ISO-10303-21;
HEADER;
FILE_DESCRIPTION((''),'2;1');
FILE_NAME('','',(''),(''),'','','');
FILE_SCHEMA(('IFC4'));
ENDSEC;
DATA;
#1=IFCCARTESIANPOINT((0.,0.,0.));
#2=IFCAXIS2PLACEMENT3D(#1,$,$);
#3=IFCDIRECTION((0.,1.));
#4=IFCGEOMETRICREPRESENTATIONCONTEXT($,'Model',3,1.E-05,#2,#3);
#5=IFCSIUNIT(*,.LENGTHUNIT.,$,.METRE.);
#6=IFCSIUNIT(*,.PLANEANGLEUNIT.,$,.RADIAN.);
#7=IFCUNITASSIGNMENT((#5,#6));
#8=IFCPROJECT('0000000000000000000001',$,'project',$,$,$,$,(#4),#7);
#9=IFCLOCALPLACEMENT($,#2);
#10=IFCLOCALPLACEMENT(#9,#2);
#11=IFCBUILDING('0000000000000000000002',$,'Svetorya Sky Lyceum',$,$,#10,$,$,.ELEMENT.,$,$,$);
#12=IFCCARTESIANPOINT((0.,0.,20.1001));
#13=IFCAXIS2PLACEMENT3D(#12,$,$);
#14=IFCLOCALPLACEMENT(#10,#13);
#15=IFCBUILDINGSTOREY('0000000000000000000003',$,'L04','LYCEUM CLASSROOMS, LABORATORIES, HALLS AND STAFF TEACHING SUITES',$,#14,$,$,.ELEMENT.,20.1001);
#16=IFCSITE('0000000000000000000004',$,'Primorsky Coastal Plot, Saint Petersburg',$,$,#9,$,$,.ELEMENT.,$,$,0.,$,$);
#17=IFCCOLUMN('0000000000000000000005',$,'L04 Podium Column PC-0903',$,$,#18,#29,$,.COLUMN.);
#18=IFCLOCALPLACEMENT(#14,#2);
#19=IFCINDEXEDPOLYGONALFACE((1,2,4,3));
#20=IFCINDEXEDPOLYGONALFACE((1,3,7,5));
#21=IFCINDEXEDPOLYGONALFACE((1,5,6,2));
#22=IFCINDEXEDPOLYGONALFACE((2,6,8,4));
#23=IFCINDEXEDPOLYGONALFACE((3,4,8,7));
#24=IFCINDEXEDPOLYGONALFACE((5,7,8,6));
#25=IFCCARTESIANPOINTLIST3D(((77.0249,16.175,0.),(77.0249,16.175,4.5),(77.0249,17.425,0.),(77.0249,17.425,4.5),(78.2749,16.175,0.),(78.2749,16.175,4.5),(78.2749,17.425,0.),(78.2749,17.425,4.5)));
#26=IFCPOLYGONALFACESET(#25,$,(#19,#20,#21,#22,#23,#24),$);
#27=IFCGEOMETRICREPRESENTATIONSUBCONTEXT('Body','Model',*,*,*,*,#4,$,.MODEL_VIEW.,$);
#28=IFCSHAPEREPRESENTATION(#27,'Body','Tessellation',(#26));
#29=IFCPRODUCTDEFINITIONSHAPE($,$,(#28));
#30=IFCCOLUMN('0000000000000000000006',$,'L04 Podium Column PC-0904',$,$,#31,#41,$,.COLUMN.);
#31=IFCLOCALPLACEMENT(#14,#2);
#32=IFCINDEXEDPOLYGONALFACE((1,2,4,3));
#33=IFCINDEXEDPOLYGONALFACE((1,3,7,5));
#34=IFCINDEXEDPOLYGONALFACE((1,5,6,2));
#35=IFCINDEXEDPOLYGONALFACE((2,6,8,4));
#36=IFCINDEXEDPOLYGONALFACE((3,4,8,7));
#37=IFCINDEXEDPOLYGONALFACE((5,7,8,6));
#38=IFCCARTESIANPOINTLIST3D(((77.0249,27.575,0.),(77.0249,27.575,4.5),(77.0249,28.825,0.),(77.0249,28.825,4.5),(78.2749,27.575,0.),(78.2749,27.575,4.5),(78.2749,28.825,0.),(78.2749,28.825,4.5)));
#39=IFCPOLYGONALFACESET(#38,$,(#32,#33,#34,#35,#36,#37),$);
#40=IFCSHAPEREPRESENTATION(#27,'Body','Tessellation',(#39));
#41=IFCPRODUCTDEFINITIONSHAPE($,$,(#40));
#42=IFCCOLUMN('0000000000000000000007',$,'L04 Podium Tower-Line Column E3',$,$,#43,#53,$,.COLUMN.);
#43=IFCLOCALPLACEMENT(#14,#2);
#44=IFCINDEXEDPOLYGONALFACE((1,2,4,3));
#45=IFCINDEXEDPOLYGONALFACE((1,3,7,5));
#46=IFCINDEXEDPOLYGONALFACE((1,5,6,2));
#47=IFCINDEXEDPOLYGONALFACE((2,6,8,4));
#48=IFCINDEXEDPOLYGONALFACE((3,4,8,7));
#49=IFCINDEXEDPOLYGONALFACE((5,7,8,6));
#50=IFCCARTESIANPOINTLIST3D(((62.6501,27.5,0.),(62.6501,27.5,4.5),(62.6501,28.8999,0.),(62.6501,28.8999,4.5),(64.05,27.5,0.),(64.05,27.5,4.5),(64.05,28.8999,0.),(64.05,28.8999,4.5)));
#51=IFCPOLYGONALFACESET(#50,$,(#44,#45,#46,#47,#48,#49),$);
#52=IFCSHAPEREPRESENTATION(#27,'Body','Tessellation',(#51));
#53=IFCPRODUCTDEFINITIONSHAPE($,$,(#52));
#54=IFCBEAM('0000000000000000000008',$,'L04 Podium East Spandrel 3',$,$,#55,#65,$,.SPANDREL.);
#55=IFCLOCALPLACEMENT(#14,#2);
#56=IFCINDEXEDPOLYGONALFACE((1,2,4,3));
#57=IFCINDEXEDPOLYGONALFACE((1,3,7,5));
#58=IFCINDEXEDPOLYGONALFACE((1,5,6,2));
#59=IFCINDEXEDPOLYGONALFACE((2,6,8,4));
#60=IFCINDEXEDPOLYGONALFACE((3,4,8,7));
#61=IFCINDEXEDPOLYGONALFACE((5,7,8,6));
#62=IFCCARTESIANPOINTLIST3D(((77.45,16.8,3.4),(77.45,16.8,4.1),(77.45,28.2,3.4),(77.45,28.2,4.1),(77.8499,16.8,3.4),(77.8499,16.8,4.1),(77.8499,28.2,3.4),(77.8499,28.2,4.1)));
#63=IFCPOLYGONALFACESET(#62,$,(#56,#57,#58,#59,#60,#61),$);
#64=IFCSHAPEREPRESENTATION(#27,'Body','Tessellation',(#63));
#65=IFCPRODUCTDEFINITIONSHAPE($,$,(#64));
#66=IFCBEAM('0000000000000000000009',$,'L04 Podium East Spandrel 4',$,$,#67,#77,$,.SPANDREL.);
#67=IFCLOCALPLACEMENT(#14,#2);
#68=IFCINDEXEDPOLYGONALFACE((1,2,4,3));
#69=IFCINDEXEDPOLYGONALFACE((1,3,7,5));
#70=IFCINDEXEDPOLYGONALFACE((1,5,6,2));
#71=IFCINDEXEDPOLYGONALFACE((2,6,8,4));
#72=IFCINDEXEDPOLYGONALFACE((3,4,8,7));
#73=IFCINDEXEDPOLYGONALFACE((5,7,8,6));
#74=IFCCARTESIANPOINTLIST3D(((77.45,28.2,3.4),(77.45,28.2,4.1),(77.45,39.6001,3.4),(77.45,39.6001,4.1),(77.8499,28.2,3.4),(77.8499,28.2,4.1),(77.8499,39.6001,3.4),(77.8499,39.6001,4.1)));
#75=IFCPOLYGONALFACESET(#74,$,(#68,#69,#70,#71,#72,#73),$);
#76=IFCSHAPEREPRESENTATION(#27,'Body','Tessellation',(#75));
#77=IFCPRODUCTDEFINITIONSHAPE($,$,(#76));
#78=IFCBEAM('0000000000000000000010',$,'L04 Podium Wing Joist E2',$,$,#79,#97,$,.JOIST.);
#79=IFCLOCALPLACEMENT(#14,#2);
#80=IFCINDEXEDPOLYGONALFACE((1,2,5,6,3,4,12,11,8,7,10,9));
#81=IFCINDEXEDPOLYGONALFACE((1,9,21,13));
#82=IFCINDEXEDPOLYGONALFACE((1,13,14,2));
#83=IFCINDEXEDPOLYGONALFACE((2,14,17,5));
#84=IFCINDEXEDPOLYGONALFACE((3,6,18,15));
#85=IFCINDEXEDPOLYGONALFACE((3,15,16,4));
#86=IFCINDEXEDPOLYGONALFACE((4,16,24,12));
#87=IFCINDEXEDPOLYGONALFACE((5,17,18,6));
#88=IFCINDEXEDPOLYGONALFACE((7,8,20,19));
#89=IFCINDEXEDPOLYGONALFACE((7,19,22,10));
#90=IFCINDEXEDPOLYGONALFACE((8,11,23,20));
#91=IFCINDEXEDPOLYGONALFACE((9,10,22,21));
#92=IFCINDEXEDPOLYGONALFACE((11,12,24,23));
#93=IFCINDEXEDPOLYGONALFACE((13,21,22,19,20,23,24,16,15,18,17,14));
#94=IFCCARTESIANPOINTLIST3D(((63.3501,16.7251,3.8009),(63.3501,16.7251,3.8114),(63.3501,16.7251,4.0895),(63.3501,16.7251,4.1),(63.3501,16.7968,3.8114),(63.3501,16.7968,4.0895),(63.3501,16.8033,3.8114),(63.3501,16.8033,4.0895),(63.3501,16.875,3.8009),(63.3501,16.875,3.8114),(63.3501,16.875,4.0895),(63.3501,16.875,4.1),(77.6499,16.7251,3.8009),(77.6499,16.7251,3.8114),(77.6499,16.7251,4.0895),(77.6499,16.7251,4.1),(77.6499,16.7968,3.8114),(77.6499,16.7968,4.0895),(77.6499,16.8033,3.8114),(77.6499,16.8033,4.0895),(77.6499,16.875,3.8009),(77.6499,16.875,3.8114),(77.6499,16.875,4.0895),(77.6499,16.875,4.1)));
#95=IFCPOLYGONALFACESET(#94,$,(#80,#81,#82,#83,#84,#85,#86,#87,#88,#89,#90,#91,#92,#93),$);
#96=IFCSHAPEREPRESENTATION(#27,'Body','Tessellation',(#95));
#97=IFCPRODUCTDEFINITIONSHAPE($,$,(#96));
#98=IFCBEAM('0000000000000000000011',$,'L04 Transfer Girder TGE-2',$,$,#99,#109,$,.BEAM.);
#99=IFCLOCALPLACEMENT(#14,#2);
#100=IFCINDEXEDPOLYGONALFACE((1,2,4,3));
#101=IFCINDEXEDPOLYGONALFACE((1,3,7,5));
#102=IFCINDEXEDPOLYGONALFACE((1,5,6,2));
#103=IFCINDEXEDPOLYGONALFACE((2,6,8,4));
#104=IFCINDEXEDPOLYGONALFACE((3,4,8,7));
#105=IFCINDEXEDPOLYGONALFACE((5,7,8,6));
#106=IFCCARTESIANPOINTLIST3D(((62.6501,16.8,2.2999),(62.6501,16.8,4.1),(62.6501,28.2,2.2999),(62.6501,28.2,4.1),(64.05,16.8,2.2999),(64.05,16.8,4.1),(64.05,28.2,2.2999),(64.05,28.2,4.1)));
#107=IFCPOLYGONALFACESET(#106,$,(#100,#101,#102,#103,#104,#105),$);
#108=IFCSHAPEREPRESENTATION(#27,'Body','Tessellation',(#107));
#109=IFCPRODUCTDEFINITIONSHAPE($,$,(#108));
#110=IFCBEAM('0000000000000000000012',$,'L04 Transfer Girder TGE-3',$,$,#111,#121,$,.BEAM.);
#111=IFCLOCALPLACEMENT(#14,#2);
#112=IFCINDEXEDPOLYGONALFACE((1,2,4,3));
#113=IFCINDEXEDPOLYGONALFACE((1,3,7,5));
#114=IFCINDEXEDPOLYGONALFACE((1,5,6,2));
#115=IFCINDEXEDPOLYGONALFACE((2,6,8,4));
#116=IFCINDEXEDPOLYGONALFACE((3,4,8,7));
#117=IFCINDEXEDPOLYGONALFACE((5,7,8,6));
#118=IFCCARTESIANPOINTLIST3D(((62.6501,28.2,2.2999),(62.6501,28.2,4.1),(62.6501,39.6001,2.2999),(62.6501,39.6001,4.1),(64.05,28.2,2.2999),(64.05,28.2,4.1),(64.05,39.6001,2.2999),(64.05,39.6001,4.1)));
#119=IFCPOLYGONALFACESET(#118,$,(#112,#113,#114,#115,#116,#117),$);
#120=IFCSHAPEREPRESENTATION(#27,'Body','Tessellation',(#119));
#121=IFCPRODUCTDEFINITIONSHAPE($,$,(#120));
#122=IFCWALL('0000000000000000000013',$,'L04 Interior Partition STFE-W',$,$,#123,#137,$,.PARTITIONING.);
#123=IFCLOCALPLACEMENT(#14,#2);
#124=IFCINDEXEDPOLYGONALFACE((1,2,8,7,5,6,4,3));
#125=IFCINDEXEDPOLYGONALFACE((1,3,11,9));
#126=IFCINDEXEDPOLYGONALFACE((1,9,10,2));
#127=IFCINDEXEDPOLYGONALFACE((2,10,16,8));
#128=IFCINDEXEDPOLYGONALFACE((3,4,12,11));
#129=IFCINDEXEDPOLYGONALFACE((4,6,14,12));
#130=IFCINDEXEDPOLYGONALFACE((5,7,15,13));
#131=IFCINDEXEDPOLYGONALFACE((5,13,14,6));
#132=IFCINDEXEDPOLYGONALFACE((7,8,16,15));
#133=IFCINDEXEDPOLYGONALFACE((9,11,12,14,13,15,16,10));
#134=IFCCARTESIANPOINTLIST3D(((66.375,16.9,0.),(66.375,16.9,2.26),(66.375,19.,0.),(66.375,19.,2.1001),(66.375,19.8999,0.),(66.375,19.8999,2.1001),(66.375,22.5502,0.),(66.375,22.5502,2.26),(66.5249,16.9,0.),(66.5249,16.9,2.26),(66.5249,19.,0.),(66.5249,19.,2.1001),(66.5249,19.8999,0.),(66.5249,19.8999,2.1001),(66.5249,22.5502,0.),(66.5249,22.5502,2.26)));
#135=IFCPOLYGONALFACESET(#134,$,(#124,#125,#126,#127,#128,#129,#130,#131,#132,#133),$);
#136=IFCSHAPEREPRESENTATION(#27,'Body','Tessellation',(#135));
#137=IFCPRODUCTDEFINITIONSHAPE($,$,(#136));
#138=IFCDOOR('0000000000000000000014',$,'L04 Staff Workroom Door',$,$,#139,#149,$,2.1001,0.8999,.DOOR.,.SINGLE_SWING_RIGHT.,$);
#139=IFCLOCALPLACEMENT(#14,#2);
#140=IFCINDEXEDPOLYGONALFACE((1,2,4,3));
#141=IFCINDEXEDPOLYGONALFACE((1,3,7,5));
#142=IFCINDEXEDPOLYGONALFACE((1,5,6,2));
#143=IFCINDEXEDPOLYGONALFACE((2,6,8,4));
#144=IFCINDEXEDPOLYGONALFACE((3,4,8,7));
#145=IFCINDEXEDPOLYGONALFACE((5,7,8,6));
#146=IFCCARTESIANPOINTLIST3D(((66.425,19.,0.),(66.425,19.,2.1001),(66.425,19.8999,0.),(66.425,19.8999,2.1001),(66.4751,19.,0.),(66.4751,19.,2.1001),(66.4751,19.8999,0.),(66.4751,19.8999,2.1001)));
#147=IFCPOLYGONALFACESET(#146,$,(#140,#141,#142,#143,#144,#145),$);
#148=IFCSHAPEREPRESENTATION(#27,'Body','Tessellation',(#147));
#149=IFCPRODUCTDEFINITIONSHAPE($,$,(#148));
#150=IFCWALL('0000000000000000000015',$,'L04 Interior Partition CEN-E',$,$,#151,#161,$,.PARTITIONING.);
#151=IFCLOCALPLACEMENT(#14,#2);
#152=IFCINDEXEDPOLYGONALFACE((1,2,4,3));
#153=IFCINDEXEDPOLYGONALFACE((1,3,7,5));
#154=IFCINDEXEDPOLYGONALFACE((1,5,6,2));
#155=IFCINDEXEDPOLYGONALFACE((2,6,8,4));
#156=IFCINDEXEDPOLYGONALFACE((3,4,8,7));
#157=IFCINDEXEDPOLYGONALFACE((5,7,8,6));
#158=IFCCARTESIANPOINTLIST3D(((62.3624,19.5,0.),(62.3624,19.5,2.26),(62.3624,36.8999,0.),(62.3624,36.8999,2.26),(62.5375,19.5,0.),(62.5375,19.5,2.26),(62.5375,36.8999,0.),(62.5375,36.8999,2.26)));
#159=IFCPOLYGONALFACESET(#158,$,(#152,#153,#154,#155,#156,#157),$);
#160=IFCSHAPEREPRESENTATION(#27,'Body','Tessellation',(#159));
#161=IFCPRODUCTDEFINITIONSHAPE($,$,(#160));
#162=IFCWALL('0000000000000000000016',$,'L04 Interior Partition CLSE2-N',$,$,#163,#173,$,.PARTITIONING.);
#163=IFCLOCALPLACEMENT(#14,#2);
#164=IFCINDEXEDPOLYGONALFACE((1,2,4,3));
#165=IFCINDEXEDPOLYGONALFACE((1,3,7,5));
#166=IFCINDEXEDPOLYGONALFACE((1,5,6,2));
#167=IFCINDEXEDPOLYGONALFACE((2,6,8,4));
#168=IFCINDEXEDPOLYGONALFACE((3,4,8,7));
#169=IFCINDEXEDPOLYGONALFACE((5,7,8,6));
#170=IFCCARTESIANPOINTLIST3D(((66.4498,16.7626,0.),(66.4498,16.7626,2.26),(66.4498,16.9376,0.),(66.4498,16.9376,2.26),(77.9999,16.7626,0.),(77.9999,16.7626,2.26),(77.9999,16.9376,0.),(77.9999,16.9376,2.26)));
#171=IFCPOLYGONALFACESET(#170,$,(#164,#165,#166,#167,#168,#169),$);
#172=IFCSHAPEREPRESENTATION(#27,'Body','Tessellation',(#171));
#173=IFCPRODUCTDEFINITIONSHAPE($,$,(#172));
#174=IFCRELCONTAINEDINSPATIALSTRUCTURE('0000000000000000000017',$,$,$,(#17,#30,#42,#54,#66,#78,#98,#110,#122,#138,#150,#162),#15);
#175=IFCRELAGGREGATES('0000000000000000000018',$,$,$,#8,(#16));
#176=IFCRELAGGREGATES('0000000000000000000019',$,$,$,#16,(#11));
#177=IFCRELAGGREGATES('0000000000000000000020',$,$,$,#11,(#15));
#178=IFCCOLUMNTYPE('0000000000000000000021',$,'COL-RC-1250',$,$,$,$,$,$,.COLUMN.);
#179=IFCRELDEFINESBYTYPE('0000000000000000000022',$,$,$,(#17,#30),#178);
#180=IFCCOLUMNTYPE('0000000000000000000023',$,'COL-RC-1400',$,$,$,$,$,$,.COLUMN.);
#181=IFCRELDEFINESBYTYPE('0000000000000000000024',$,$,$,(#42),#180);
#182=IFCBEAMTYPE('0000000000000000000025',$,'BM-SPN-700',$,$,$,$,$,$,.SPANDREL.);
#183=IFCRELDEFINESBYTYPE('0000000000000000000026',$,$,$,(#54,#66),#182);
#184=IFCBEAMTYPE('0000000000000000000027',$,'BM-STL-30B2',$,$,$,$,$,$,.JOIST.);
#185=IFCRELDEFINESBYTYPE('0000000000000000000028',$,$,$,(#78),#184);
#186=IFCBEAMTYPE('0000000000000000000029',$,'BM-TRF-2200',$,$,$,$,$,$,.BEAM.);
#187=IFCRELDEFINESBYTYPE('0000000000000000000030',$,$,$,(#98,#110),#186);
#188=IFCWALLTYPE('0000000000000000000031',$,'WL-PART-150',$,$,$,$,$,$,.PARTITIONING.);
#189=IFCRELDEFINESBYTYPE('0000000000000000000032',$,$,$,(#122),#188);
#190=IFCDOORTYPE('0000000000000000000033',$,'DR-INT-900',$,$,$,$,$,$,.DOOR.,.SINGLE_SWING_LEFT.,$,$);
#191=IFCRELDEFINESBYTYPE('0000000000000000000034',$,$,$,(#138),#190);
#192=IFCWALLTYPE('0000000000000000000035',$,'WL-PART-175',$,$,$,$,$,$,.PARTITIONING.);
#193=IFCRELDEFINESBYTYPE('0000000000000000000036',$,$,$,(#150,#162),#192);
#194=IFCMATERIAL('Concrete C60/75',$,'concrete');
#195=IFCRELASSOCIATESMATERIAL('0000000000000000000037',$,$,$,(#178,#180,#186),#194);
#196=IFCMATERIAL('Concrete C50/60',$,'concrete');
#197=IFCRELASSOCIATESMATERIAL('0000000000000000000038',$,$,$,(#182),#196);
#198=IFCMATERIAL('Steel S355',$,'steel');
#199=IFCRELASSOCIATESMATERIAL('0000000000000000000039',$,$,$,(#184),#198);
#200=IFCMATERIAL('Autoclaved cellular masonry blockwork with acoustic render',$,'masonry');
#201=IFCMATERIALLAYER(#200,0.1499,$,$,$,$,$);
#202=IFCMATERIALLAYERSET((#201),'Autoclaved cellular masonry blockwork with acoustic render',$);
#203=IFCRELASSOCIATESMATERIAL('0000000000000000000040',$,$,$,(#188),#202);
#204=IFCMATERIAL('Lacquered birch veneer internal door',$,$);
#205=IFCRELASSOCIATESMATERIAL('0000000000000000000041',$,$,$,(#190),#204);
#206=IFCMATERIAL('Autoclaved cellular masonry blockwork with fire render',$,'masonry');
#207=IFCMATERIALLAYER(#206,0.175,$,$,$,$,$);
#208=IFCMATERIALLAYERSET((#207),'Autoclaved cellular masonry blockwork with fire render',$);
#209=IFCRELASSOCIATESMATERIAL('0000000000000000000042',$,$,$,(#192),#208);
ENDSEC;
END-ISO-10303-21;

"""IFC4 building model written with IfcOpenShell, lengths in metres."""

from ifc_helpers import new_model, si_unit, direction, frame, frame_2d, origin, origin_2d, place, context, subcontext, project, spatial, rectangle, i_section, extrude, material, layer, layer_set, material_profile, profile_set, type_object, element, fill, save


model = new_model("IFC4")

# Units and contexts
model_context = context("Model", 3, precision=1e-05, world=origin(), true_north=direction((0.0, 1.0)))
body_context = subcontext(model_context, "Body", "Model", "MODEL_VIEW")
ifc_project = project(units=[si_unit("LENGTHUNIT", "METRE"), si_unit("PLANEANGLEUNIT", "RADIAN")], contexts=[model_context])

# Site, building, storey
site_placement = place(None, origin())
site = spatial("IfcSite", under=ifc_project, at=site_placement, Name="Primorsky Coastal Plot, Saint Petersburg", CompositionType="ELEMENT", RefElevation=0.0)
building_placement = place(site_placement, origin())
building = spatial("IfcBuilding", under=site, at=building_placement, Name="Svetorya Sky Lyceum", CompositionType="ELEMENT")
storey_placement = place(building_placement, frame((0.0, 0.0, 20.1001)))
storey = spatial("IfcBuildingStorey", under=building, at=storey_placement, Name="L04", Description="LYCEUM CLASSROOMS, LABORATORIES, HALLS AND STAFF TEACHING SUITES", CompositionType="ELEMENT", Elevation=20.1001)

# Columns
ifc_material_1 = material(Name="Concrete C60/75", Category="concrete")
ifc_material_profile_1 = material_profile(ifc_material_1, rectangle(XDim=1.25, YDim=1.25, at=origin_2d()), Name="RC COL 1250x1250")
ifc_profile_set_1 = profile_set([ifc_material_profile_1], Name="Concrete C60/75")
column_type_1 = type_object("IfcColumnType", Name="COL-RC-1250", PredefinedType="COLUMN", material=ifc_profile_set_1)
for number, where, z_axis, x_axis, name in (
    (1, (77.6499, 16.8, 0.0), (0.0, 0.0, 1.0), (1.0, 0.0, 0.0), "L04 Podium Column PC-0903"),
    (2, (77.6499, 28.2, 0.0), (0.0, 0.0, 1.0), (1.0, 0.0, 0.0), "L04 Podium Column PC-0904"),
):
    element("IfcColumn", number, at=place(storey_placement, frame(where, z_axis=z_axis, x_axis=x_axis)), inside=storey, type_object=column_type_1, Name=name, PredefinedType="COLUMN", context=body_context, shape_type="SweptSolid", body=[
        extrude(rectangle(XDim=1.25, YDim=1.25, at=origin_2d()), origin(), (0.0, 0.0, 1.0), 4.5),
    ])
ifc_material_profile_2 = material_profile(ifc_material_1, rectangle(XDim=1.3999, YDim=1.3999, at=origin_2d()), Name="RC COL 1400x1400")
ifc_profile_set_2 = profile_set([ifc_material_profile_2], Name="Concrete C60/75")
column_type_2 = type_object("IfcColumnType", Name="COL-RC-1400", PredefinedType="COLUMN", material=ifc_profile_set_2)
column_placement = place(storey_placement, frame((63.3501, 28.2, 0.0), z_axis=(0.0, 0.0, 1.0), x_axis=(1.0, 0.0, 0.0)))
element("IfcColumn", 3, at=column_placement, inside=storey, type_object=column_type_2, Name="L04 Podium Tower-Line Column E3", PredefinedType="COLUMN", context=body_context, shape_type="SweptSolid", body=[
    extrude(rectangle(XDim=1.3999, YDim=1.3999, at=origin_2d()), origin(), (0.0, 0.0, 1.0), 4.5),
])

# Beams
ifc_material_2 = material(Name="Concrete C50/60", Category="concrete")
ifc_material_profile_3 = material_profile(ifc_material_2, rectangle(XDim=0.3999, YDim=0.7, at=origin_2d()), Name="RC SPANDREL 400x700")
ifc_profile_set_3 = profile_set([ifc_material_profile_3], Name="Concrete C50/60")
beam_type_1 = type_object("IfcBeamType", Name="BM-SPN-700", PredefinedType="SPANDREL", material=ifc_profile_set_3)
beam_1_placement = place(storey_placement, frame((77.6499, 16.8, 3.75), z_axis=(0.0, 1.0, 0.0), x_axis=(-1.0, 0.0, 0.0)))
element("IfcBeam", 4, at=beam_1_placement, inside=storey, type_object=beam_type_1, Name="L04 Podium East Spandrel 3", PredefinedType="SPANDREL", context=body_context, shape_type="SweptSolid", body=[
    extrude(rectangle(XDim=0.3999, YDim=0.7, at=origin_2d()), origin(), (0.0, 0.0, 1.0), 11.3999),
])
beam_2_placement = place(storey_placement, frame((77.6499, 28.2, 3.75), z_axis=(0.0, 1.0, 0.0), x_axis=(-1.0, 0.0, 0.0)))
element("IfcBeam", 5, at=beam_2_placement, inside=storey, type_object=beam_type_1, Name="L04 Podium East Spandrel 4", PredefinedType="SPANDREL", context=body_context, shape_type="SweptSolid", body=[
    extrude(rectangle(XDim=0.3999, YDim=0.7, at=origin_2d()), origin(), (0.0, 0.0, 1.0), 11.4001),
])
ifc_material_3 = material(Name="Steel S355", Category="steel")
ifc_material_profile_4 = material_profile(ifc_material_3, i_section(OverallWidth=0.1499, OverallDepth=0.2991, WebThickness=0.0066, FlangeThickness=0.0105, at=origin_2d()), Name="GOST 30B2")
ifc_profile_set_4 = profile_set([ifc_material_profile_4], Name="Steel S355")
beam_type_2 = type_object("IfcBeamType", Name="BM-STL-30B2", PredefinedType="JOIST", material=ifc_profile_set_4)
beam_3_placement = place(storey_placement, frame((63.3501, 16.8, 3.9504), z_axis=(1.0, 0.0, 0.0), x_axis=(0.0, 1.0, 0.0)))
element("IfcBeam", 6, at=beam_3_placement, inside=storey, type_object=beam_type_2, Name="L04 Podium Wing Joist E2", PredefinedType="JOIST", context=body_context, shape_type="SweptSolid", body=[
    extrude(i_section(OverallWidth=0.1499, OverallDepth=0.2991, WebThickness=0.0066, FlangeThickness=0.0105, at=origin_2d()), origin(), (0.0, 0.0, 1.0), 14.2998),
])
ifc_material_profile_5 = material_profile(ifc_material_1, rectangle(XDim=1.3999, YDim=1.8, at=origin_2d()), Name="RC TRANSFER 1400x1800")
ifc_profile_set_5 = profile_set([ifc_material_profile_5], Name="Concrete C60/75")
beam_type_3 = type_object("IfcBeamType", Name="BM-TRF-2200", PredefinedType="BEAM", material=ifc_profile_set_5)
beam_4_placement = place(storey_placement, frame((63.3501, 16.8, 3.2), z_axis=(0.0, 1.0, 0.0), x_axis=(-1.0, 0.0, 0.0)))
element("IfcBeam", 7, at=beam_4_placement, inside=storey, type_object=beam_type_3, Name="L04 Transfer Girder TGE-2", PredefinedType="BEAM", context=body_context, shape_type="SweptSolid", body=[
    extrude(rectangle(XDim=1.3999, YDim=1.8, at=origin_2d()), origin(), (0.0, 0.0, 1.0), 11.3999),
])
beam_5_placement = place(storey_placement, frame((63.3501, 28.2, 3.2), z_axis=(0.0, 1.0, 0.0), x_axis=(-1.0, 0.0, 0.0)))
element("IfcBeam", 8, at=beam_5_placement, inside=storey, type_object=beam_type_3, Name="L04 Transfer Girder TGE-3", PredefinedType="BEAM", context=body_context, shape_type="SweptSolid", body=[
    extrude(rectangle(XDim=1.3999, YDim=1.8, at=origin_2d()), origin(), (0.0, 0.0, 1.0), 11.4001),
])

# Wall, opening, door
ifc_material_4 = material(Name="Autoclaved cellular masonry blockwork with acoustic render", Category="masonry")
ifc_layer_1 = layer(ifc_material_4, 0.1499)
ifc_layer_set_1 = layer_set([ifc_layer_1], Name="Autoclaved cellular masonry blockwork with acoustic render")
wall_type_1 = type_object("IfcWallType", Name="WL-PART-150", PredefinedType="PARTITIONING", material=ifc_layer_set_1)
wall_1_placement = place(storey_placement, frame((66.45, 16.8999, 0.0), z_axis=(0.0, 0.0, 1.0), x_axis=(0.0, 1.0, 0.0)))
wall_1 = element("IfcWall", 9, at=wall_1_placement, inside=storey, type_object=wall_type_1, Name="L04 Interior Partition STFE-W", PredefinedType="PARTITIONING", context=body_context, shape_type="SweptSolid", body=[
    extrude(rectangle(XDim=5.6501, YDim=0.1499, at=frame_2d((2.8252, 0.0))), origin(), (0.0, 0.0, 1.0), 2.26),
])
opening_1_placement = place(wall_1_placement, frame((2.1001, 0.0, 0.0)))
opening_1 = element("IfcOpeningElement", 10, at=opening_1_placement, cuts=wall_1, PredefinedType="OPENING", context=body_context, shape_type="SweptSolid", body=[
    extrude(rectangle(XDim=0.8999, YDim=2.1001, at=frame_2d((0.45, 1.05))), frame((0.0, 0.085, 0.0), z_axis=(0.0, -1.0, 0.0), x_axis=(1.0, 0.0, 0.0)), (0.0, 0.0, 1.0), 0.1699),
])
ifc_material_5 = material(Name="Lacquered birch veneer internal door")
door_type_1 = type_object("IfcDoorType", Name="DR-INT-900", OperationType="SINGLE_SWING_LEFT", PredefinedType="DOOR", material=ifc_material_5)
door_1_placement = place(opening_1_placement, origin())
door_1 = element("IfcDoor", 11, at=door_1_placement, inside=storey, type_object=door_type_1, Name="L04 Staff Workroom Door", OperationType="SINGLE_SWING_RIGHT", OverallHeight=2.1001, OverallWidth=0.8999, PredefinedType="DOOR", context=body_context, shape_type="SweptSolid", body=[
    extrude(rectangle(XDim=0.8999, YDim=2.1001, at=frame_2d((0.45, 1.05))), frame((0.0, 0.0249, 0.0), z_axis=(0.0, -1.0, 0.0), x_axis=(1.0, 0.0, 0.0)), (0.0, 0.0, 1.0), 0.05),
])
fill(opening_1, door_1)

# Walls
ifc_material_6 = material(Name="Autoclaved cellular masonry blockwork with fire render", Category="masonry")
ifc_layer_2 = layer(ifc_material_6, 0.175)
ifc_layer_set_2 = layer_set([ifc_layer_2], Name="Autoclaved cellular masonry blockwork with fire render")
wall_type_2 = type_object("IfcWallType", Name="WL-PART-175", PredefinedType="PARTITIONING", material=ifc_layer_set_2)
wall_2_placement = place(storey_placement, frame((62.45, 19.5, 0.0), z_axis=(0.0, 0.0, 1.0), x_axis=(0.0, 1.0, 0.0)))
element("IfcWall", 12, at=wall_2_placement, inside=storey, type_object=wall_type_2, Name="L04 Interior Partition CEN-E", PredefinedType="PARTITIONING", context=body_context, shape_type="SweptSolid", body=[
    extrude(rectangle(XDim=17.3999, YDim=0.175, at=frame_2d((8.7, 0.0))), origin(), (0.0, 0.0, 1.0), 2.26),
])
wall_3_placement = place(storey_placement, frame((66.45, 16.8501, 0.0), z_axis=(0.0, 0.0, 1.0), x_axis=(1.0, 0.0, 0.0)))
element("IfcWall", 13, at=wall_3_placement, inside=storey, type_object=wall_type_2, Name="L04 Interior Partition CLSE2-N", PredefinedType="PARTITIONING", context=body_context, shape_type="SweptSolid", body=[
    extrude(rectangle(XDim=11.55, YDim=0.175, at=frame_2d((5.7749, 0.0))), origin(), (0.0, 0.0, 1.0), 2.26),
])

save(model, "model.ifc")
